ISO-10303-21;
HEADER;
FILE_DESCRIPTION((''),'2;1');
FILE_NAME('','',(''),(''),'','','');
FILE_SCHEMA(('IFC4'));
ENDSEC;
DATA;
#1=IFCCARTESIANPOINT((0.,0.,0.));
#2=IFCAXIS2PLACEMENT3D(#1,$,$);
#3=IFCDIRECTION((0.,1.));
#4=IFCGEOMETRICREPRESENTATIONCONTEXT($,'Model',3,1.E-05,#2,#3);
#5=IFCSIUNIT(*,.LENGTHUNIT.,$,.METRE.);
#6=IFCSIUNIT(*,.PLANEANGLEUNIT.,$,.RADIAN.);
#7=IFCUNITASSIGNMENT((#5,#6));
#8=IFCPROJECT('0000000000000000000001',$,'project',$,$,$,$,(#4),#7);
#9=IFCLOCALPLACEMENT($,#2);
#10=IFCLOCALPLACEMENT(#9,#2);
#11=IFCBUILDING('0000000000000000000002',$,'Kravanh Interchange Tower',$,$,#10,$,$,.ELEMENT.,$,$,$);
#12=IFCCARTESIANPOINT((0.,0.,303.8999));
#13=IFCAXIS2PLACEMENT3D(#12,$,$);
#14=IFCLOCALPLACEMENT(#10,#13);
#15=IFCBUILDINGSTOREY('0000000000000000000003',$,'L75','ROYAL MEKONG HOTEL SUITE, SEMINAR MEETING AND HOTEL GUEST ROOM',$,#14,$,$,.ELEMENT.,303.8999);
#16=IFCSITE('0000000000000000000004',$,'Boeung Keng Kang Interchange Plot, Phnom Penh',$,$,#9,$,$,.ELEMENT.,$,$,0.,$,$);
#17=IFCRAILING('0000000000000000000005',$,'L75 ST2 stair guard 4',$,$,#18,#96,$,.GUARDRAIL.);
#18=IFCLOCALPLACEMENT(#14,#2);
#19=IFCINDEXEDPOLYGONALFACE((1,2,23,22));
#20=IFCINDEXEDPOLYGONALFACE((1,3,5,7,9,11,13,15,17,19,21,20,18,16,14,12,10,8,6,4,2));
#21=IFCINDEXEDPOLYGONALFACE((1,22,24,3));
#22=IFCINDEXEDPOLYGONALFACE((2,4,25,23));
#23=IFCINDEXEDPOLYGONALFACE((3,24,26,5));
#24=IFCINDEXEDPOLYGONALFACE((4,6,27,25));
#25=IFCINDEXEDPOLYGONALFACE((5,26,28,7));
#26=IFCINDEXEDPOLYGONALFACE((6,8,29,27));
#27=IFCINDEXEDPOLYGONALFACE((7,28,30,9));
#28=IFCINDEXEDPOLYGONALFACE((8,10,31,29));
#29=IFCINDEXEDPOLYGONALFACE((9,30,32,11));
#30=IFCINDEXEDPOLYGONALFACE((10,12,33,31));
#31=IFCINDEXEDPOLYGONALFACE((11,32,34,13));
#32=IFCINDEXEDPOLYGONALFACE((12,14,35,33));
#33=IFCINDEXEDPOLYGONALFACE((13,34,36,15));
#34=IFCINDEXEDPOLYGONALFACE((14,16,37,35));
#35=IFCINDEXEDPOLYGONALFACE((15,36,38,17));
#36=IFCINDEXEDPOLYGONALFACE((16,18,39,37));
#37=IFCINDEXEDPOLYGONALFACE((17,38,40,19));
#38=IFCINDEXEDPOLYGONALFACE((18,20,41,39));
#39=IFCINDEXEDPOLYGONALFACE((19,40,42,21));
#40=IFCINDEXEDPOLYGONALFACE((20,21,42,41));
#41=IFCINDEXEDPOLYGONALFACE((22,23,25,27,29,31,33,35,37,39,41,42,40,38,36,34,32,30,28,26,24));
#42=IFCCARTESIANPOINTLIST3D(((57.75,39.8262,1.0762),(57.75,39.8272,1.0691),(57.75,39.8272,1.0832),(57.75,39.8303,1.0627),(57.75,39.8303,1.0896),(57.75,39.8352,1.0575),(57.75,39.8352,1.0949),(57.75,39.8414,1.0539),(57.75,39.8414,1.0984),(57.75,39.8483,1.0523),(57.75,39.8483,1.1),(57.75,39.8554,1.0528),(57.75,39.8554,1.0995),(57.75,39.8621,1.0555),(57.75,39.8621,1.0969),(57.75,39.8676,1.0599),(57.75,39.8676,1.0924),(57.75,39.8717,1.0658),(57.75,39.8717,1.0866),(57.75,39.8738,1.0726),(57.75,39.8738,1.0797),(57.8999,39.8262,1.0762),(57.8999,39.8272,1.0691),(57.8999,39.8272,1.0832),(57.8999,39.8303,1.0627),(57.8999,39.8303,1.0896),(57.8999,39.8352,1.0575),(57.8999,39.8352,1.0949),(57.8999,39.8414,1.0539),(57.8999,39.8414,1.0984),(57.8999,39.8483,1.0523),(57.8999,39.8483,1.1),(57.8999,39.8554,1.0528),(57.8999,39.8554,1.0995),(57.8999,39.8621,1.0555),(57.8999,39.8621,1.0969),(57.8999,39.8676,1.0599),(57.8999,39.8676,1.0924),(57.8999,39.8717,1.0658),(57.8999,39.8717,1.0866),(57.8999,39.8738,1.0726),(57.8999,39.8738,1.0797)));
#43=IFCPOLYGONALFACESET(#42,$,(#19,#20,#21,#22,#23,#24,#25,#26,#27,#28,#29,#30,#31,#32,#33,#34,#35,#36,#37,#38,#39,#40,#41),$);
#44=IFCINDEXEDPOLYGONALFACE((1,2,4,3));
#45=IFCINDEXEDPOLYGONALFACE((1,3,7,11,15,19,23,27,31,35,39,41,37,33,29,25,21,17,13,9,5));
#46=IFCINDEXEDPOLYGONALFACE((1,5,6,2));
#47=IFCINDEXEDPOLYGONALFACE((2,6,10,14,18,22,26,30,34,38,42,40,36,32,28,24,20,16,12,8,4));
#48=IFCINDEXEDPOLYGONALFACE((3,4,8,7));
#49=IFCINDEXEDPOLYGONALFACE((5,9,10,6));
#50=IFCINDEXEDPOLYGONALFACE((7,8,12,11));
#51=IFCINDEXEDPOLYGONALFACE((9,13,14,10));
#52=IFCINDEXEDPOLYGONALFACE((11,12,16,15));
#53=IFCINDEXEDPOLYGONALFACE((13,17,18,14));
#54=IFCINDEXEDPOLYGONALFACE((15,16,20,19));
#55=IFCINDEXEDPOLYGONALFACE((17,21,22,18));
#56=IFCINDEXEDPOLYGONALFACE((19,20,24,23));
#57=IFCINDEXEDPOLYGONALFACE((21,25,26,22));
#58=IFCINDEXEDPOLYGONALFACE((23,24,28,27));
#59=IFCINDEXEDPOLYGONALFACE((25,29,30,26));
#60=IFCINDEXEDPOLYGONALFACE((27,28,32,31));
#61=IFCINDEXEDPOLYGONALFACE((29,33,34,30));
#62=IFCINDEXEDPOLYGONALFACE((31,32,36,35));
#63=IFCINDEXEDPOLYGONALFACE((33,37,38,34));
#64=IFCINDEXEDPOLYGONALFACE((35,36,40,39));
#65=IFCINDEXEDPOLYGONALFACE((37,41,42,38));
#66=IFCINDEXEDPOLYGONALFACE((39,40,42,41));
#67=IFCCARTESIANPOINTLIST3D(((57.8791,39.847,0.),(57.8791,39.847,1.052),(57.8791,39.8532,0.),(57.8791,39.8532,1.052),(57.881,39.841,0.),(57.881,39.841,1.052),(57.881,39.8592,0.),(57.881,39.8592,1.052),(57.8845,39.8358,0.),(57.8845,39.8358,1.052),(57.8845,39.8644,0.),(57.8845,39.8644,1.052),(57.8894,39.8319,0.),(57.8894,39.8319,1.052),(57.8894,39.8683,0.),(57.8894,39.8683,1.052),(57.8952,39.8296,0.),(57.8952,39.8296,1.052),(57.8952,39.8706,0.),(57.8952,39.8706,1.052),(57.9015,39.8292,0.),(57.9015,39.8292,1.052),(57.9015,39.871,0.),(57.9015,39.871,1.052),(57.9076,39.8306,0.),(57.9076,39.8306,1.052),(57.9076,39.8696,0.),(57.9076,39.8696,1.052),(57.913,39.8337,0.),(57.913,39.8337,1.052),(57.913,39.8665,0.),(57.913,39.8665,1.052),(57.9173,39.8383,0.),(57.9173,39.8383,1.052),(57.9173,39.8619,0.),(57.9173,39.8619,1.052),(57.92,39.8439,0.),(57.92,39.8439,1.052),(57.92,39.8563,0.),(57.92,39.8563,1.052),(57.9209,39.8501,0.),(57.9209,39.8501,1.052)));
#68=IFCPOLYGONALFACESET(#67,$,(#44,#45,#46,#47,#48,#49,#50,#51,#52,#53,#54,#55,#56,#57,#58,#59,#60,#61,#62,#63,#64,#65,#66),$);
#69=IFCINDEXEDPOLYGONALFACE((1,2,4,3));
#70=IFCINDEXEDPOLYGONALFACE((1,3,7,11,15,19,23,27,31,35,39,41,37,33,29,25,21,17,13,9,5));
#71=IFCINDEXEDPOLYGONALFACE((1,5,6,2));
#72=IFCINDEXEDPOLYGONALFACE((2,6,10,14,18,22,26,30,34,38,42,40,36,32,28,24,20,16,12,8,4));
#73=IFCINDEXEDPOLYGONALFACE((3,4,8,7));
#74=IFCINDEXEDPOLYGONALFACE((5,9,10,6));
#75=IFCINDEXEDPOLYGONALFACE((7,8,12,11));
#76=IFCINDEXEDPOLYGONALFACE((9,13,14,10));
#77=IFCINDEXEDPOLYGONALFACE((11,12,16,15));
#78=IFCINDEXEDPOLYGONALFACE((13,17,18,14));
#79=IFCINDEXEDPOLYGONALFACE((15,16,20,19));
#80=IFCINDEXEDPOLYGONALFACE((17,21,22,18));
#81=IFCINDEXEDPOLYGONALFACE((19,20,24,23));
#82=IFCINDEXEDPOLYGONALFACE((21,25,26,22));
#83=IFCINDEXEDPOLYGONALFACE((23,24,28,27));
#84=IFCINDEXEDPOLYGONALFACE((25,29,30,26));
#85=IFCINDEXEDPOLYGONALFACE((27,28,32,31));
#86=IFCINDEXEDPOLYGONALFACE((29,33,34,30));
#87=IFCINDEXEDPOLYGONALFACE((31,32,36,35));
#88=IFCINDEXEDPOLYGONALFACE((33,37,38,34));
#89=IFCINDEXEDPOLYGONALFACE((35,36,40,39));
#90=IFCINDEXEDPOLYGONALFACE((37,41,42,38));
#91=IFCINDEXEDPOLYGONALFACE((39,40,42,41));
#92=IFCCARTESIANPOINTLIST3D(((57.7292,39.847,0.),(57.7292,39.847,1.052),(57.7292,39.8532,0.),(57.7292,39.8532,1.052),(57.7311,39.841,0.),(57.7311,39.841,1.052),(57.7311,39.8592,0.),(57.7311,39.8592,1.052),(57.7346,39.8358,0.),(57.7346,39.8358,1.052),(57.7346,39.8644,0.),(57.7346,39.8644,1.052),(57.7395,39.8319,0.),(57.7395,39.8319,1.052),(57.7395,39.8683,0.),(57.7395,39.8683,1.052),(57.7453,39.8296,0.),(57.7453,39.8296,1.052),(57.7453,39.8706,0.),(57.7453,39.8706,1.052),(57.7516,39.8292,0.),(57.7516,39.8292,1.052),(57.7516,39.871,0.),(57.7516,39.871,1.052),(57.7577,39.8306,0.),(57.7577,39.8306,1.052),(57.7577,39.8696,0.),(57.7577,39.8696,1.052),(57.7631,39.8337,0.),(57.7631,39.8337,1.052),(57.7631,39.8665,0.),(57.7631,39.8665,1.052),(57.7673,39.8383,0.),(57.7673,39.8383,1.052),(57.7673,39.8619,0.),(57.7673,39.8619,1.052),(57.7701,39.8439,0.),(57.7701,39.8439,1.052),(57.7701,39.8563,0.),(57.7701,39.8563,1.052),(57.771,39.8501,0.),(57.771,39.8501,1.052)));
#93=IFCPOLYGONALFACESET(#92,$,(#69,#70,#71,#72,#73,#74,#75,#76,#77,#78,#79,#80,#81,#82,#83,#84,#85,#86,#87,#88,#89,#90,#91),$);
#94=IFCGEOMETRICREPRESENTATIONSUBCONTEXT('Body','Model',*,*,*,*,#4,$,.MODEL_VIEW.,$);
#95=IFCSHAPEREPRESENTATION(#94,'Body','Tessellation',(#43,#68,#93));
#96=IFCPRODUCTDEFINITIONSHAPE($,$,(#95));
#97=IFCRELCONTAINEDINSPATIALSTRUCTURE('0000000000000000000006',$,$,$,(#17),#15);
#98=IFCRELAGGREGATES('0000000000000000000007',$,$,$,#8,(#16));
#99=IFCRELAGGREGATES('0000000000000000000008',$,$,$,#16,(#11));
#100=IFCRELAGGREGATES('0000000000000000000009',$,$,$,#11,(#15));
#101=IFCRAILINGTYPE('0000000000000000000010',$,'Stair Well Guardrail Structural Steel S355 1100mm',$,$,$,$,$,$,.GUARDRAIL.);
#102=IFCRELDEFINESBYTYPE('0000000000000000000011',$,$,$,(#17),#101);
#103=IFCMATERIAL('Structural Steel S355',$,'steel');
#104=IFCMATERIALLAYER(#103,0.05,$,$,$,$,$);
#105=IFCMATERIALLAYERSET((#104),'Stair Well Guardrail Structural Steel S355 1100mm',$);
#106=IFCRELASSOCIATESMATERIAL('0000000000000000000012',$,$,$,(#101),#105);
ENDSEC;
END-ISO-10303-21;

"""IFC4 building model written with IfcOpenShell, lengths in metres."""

from ifc_helpers import new_model, si_unit, direction, frame, origin, origin_2d, place, context, subcontext, project, spatial, circle, extrude, material, layer, layer_set, type_object, element, save


model = new_model("IFC4")

# Units and contexts
model_context = context("Model", 3, precision=1e-05, world=origin(), true_north=direction((0.0, 1.0)))
body_context = subcontext(model_context, "Body", "Model", "MODEL_VIEW")
ifc_project = project(units=[si_unit("LENGTHUNIT", "METRE"), si_unit("PLANEANGLEUNIT", "RADIAN")], contexts=[model_context])

# Site, building, storey
site_placement = place(None, origin())
site = spatial("IfcSite", under=ifc_project, at=site_placement, Name="Boeung Keng Kang Interchange Plot, Phnom Penh", CompositionType="ELEMENT", RefElevation=0.0)
building_placement = place(site_placement, origin())
building = spatial("IfcBuilding", under=site, at=building_placement, Name="Kravanh Interchange Tower", CompositionType="ELEMENT")
storey_placement = place(building_placement, frame((0.0, 0.0, 303.8999)))
storey = spatial("IfcBuildingStorey", under=building, at=storey_placement, Name="L75", Description="ROYAL MEKONG HOTEL SUITE, SEMINAR MEETING AND HOTEL GUEST ROOM", CompositionType="ELEMENT", Elevation=303.8999)

# Railing
ifc_material_1 = material(Name="Structural Steel S355", Category="steel")
ifc_layer_1 = layer(ifc_material_1, 0.05)
ifc_layer_set_1 = layer_set([ifc_layer_1], Name="Stair Well Guardrail Structural Steel S355 1100mm")
railing_type_1 = type_object("IfcRailingType", Name="Stair Well Guardrail Structural Steel S355 1100mm", PredefinedType="GUARDRAIL", material=ifc_layer_set_1)
railing_1_placement = place(storey_placement, frame((57.8999, 39.8501, 0.0)))
element("IfcRailing", 1, at=railing_1_placement, inside=storey, type_object=railing_type_1, Name="L75 ST2 stair guard 4", PredefinedType="GUARDRAIL", context=body_context, shape_type="SweptSolid", body=[
    extrude(circle(Radius=0.0239, at=origin_2d()), frame((0.0, 0.0, 1.0762), z_axis=(-1.0, 0.0, 0.0), x_axis=(0.0, -1.0, 0.0)), (0.0, 0.0, 1.0), 0.1499),
    extrude(circle(Radius=0.021, at=origin_2d()), origin(), (0.0, 0.0, 1.0), 1.052),
    extrude(circle(Radius=0.021, at=origin_2d()), frame((-0.1499, 0.0, 0.0)), (0.0, 0.0, 1.0), 1.052),
])

save(model, "model.ifc")
